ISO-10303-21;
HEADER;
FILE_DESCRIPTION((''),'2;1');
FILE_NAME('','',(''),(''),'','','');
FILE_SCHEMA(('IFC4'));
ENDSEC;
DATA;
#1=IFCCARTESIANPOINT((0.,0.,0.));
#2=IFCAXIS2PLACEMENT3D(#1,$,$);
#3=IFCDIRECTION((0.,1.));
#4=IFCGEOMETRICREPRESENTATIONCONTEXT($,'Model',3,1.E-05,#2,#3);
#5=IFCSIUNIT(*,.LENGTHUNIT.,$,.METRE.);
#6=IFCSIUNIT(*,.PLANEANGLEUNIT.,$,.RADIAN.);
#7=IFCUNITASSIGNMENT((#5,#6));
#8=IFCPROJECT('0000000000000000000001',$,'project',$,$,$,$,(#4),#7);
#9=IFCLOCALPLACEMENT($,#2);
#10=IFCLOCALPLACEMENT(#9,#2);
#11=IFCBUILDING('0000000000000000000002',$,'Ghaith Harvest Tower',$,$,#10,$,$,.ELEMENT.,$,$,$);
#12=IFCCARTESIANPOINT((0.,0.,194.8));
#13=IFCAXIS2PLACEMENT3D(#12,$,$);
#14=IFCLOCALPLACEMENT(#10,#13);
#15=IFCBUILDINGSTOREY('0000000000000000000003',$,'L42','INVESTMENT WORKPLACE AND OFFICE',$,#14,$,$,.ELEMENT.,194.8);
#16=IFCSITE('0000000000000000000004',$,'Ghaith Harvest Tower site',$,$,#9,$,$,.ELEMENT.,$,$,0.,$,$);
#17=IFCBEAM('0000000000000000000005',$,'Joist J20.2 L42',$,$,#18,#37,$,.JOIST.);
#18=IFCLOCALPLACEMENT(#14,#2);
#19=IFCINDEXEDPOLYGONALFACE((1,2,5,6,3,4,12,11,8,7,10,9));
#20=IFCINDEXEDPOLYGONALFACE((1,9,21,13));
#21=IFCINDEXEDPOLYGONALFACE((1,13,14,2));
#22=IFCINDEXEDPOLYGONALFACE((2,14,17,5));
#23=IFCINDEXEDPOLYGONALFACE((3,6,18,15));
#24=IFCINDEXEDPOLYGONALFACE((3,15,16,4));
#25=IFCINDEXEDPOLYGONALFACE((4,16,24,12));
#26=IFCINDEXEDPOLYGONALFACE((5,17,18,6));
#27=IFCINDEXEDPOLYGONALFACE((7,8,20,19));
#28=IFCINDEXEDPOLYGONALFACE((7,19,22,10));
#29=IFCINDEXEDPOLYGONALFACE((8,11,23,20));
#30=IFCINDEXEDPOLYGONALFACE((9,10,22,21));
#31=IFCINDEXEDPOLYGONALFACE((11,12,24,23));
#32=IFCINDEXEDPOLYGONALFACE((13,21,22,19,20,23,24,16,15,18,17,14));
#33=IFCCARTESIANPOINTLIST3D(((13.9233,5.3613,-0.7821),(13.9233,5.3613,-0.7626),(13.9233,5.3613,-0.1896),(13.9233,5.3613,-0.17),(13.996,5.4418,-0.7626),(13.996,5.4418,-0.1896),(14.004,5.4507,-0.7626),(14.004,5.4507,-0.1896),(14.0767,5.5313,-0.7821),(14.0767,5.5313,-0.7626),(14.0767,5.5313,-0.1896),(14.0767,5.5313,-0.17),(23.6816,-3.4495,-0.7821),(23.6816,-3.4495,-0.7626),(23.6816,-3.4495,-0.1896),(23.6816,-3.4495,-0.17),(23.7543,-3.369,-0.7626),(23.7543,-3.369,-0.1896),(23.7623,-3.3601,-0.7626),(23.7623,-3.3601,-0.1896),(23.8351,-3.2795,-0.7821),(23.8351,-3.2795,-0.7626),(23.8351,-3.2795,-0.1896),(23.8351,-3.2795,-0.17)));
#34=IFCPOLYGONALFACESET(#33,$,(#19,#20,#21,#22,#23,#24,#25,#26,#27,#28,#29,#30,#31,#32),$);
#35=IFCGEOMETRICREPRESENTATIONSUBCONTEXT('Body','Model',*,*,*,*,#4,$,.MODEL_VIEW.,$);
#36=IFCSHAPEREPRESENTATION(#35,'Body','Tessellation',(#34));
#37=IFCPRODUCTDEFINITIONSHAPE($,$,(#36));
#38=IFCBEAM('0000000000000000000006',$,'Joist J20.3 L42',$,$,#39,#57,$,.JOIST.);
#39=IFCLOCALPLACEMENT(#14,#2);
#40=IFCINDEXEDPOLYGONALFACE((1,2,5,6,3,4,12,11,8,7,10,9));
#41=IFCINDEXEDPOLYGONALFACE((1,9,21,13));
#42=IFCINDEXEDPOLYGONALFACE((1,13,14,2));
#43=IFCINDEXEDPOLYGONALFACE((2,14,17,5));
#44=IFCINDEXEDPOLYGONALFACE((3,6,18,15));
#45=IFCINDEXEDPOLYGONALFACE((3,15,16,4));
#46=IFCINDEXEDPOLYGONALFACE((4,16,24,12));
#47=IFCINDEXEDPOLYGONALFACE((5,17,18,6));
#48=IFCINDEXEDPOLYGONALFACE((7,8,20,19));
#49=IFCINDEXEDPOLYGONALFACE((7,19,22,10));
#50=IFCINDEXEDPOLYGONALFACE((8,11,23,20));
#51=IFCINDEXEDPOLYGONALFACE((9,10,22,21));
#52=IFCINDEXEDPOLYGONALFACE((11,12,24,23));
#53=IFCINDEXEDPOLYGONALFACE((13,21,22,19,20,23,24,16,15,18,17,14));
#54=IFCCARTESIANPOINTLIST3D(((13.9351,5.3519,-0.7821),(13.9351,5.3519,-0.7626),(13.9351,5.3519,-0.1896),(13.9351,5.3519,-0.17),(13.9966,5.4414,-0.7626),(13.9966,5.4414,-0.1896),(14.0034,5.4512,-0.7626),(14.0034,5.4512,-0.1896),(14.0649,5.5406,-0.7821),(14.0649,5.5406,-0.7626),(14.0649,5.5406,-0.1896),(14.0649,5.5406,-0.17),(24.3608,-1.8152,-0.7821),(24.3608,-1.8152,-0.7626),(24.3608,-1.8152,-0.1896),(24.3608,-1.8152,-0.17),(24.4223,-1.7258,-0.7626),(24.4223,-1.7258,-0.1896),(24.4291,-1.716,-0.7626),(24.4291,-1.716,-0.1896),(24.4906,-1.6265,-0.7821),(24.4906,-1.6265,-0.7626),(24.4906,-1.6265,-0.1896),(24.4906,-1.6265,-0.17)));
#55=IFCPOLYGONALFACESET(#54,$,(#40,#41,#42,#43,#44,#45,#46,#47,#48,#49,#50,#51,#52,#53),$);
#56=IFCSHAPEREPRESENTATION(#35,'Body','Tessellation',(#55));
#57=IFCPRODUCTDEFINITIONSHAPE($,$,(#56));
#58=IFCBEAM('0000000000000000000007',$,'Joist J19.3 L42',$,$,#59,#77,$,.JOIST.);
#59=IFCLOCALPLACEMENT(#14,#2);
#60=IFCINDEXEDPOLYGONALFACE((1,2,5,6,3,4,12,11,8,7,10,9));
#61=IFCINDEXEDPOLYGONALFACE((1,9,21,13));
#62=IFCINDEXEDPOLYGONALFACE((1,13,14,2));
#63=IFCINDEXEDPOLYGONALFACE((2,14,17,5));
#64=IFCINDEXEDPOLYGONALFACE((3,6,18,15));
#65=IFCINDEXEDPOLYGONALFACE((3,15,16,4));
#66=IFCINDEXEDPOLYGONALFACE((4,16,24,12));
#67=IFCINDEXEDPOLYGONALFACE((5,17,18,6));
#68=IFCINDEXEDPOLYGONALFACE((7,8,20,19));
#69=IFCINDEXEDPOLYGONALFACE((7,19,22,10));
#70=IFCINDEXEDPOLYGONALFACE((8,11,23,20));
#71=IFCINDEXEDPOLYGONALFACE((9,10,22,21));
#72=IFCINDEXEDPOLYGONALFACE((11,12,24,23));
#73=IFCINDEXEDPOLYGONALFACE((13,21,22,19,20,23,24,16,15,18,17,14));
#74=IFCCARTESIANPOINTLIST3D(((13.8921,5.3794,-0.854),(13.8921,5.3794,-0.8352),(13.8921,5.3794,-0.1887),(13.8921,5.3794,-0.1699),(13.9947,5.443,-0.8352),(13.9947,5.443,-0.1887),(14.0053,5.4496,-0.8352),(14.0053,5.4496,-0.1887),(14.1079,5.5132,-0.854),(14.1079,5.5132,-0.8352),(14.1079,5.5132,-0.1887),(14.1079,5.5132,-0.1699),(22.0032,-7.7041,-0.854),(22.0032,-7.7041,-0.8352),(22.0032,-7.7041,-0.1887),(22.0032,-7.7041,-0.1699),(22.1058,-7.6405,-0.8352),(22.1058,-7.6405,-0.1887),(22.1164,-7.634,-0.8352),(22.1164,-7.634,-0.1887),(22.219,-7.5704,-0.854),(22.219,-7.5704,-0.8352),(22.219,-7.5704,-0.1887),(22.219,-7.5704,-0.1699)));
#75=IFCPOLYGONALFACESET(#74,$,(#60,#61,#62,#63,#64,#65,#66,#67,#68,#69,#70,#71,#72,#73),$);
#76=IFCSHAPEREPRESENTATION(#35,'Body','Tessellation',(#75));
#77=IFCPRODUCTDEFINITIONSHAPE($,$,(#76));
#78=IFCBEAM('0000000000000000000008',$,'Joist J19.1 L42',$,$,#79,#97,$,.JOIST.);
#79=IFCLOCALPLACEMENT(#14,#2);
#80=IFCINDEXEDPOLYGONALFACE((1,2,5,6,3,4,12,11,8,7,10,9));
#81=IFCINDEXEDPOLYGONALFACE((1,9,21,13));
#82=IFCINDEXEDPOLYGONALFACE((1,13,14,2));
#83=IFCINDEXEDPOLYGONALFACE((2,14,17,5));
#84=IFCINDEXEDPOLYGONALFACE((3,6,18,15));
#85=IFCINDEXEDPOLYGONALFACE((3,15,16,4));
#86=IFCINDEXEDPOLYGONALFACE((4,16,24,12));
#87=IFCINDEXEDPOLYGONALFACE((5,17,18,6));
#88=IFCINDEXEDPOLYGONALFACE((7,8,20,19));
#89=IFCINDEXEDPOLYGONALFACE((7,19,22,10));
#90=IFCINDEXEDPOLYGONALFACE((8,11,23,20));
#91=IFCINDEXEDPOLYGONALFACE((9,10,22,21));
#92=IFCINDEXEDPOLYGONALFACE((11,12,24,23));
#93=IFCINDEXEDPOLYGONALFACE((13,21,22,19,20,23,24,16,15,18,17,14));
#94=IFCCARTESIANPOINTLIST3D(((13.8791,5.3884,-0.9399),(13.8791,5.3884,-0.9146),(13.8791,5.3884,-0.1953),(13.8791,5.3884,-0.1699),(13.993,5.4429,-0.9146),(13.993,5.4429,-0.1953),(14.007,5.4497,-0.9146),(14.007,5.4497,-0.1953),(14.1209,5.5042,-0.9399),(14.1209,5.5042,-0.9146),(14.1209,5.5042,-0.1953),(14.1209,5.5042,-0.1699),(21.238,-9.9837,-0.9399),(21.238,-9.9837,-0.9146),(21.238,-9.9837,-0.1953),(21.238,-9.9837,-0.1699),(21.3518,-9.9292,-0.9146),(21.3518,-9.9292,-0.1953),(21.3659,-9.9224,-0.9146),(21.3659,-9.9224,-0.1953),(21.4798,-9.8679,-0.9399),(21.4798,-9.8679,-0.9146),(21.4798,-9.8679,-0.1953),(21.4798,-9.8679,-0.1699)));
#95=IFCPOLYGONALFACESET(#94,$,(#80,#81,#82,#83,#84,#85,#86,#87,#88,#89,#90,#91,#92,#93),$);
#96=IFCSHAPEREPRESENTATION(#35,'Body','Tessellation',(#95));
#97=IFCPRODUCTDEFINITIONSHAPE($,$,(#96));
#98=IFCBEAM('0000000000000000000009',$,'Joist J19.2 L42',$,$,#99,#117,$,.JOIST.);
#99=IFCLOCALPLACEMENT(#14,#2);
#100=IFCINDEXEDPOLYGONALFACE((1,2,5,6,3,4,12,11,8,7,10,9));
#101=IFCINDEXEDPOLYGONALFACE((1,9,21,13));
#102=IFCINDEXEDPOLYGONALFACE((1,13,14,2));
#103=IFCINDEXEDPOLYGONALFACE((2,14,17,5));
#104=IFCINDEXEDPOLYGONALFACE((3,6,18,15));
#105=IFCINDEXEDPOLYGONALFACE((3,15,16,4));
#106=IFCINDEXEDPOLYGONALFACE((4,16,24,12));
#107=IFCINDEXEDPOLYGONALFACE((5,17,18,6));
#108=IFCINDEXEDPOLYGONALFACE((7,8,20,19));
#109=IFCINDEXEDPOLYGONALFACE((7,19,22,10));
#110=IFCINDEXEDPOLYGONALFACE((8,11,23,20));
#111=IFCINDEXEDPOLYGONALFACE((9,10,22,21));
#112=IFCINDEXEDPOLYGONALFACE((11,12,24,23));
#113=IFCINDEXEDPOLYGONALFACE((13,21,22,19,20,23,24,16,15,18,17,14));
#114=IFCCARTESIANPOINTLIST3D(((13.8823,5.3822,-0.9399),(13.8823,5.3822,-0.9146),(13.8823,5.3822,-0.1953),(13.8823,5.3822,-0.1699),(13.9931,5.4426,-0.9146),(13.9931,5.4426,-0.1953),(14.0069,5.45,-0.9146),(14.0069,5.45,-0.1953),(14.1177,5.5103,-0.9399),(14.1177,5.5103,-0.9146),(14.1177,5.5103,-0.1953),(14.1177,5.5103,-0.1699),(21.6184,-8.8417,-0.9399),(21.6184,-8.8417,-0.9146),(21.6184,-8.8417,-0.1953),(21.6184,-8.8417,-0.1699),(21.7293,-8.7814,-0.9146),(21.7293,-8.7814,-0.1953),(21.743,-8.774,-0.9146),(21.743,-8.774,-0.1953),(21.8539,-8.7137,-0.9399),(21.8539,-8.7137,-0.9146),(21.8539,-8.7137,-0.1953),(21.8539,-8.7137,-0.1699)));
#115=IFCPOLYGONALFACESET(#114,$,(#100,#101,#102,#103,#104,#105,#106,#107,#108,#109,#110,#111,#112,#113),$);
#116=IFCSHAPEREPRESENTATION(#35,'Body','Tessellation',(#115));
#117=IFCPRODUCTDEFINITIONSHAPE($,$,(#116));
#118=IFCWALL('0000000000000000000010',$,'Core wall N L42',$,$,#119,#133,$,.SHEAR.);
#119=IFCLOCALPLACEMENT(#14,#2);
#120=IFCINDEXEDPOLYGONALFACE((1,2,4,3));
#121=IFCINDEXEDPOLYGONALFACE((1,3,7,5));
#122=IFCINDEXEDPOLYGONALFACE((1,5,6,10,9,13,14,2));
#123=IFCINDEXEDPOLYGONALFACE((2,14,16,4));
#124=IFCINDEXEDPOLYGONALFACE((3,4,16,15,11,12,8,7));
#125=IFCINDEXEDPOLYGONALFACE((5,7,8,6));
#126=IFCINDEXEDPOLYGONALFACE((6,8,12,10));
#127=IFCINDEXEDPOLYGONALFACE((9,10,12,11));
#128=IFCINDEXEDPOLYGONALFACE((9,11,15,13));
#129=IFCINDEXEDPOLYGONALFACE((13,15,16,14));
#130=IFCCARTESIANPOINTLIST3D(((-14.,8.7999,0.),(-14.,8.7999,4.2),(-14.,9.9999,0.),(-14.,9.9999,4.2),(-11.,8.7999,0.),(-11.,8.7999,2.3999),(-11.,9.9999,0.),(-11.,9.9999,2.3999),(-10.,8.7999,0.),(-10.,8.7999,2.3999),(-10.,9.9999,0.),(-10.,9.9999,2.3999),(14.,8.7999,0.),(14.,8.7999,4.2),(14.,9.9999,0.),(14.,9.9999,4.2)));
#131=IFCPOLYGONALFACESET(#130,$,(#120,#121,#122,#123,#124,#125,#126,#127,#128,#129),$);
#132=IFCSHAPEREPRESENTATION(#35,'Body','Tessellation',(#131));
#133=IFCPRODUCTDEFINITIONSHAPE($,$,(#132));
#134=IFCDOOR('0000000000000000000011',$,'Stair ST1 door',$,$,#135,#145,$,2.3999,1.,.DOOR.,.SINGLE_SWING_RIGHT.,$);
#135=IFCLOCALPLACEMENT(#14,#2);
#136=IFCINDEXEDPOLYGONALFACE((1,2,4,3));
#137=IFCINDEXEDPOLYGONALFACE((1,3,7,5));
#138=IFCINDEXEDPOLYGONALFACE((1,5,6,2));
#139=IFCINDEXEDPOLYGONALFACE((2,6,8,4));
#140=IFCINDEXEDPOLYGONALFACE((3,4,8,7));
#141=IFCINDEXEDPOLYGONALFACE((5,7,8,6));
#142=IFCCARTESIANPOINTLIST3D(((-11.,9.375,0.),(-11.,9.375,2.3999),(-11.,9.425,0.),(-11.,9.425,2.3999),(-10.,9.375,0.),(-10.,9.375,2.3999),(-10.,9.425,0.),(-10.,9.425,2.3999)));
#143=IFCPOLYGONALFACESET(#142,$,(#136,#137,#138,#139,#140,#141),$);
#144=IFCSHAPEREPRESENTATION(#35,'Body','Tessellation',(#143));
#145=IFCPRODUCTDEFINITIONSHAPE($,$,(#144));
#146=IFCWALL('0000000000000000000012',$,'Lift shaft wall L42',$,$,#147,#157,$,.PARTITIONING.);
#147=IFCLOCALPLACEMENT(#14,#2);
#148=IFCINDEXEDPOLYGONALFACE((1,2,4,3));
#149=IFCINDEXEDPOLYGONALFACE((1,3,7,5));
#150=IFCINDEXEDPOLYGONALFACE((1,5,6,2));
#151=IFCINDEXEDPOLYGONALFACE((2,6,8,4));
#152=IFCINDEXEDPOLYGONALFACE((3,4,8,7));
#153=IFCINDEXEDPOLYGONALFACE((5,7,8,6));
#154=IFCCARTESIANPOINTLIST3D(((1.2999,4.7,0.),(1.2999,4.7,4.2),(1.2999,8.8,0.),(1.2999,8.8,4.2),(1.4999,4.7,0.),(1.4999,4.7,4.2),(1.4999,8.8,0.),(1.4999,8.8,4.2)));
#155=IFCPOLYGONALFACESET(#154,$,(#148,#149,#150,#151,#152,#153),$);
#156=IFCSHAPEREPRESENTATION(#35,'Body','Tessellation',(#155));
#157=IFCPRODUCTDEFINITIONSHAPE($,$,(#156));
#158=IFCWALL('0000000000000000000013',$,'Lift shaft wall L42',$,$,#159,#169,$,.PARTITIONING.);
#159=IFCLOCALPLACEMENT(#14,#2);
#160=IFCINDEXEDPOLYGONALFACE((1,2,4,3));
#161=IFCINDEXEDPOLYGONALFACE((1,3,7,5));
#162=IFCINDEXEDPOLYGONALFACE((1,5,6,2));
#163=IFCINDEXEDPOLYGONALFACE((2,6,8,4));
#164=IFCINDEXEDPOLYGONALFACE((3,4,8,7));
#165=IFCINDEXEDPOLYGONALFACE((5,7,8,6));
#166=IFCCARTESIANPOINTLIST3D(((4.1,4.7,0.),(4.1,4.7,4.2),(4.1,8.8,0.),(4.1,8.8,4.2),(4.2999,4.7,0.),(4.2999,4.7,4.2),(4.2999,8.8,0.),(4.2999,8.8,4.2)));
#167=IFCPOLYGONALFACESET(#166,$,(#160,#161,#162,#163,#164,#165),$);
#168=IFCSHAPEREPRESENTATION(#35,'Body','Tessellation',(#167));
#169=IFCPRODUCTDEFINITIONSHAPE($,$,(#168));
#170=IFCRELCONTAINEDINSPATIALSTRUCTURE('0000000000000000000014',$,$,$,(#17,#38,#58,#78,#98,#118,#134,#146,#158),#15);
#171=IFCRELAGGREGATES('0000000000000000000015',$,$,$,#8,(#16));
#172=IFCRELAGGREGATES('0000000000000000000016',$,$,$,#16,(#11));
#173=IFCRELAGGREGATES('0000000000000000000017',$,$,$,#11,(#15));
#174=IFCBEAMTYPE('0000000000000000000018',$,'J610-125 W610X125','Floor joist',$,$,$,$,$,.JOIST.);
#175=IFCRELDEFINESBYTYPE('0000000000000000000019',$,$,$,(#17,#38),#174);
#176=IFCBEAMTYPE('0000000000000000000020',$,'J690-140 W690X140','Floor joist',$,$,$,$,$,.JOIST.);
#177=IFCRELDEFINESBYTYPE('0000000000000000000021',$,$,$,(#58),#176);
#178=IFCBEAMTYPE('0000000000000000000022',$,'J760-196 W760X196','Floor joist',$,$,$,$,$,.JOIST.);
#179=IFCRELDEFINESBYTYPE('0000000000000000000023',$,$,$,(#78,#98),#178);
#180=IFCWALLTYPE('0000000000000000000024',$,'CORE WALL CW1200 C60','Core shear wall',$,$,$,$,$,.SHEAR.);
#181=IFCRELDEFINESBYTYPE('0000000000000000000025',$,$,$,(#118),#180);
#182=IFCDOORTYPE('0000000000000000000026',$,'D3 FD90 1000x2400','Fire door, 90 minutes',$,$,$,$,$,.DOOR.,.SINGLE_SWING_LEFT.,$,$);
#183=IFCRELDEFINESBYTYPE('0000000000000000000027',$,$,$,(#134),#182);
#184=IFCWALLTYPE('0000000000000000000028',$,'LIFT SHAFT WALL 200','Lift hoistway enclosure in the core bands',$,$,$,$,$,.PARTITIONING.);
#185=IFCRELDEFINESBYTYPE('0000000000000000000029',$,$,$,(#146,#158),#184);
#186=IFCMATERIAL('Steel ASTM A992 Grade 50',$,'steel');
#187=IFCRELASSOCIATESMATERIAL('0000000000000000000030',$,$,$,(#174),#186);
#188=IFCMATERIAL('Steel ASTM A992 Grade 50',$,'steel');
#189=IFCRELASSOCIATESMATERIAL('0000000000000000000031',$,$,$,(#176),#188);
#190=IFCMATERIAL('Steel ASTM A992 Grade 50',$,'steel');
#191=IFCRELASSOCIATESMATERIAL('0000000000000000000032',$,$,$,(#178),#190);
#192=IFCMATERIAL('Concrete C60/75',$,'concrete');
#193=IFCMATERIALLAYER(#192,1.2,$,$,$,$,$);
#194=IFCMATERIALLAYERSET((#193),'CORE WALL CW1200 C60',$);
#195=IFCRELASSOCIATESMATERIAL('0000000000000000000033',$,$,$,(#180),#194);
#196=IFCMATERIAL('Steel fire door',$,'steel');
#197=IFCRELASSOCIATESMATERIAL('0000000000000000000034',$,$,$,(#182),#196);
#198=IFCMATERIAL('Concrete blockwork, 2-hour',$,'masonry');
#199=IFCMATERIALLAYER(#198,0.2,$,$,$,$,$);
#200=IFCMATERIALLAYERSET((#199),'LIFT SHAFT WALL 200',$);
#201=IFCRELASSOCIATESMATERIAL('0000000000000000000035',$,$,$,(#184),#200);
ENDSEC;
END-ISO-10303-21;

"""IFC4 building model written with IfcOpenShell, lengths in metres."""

from ifc_helpers import new_model, si_unit, direction, frame, frame_2d, origin, origin_2d, place, context, subcontext, project, spatial, rectangle, i_section, extrude, material, layer, layer_set, material_profile, profile_set, type_object, element, fill, save


model = new_model("IFC4")

# Units and contexts
model_context = context("Model", 3, precision=1e-05, world=origin(), true_north=direction((0.0, 1.0)))
body_context = subcontext(model_context, "Body", "Model", "MODEL_VIEW")
ifc_project = project(units=[si_unit("LENGTHUNIT", "METRE"), si_unit("PLANEANGLEUNIT", "RADIAN")], contexts=[model_context])

# Site, building, storey
site_placement = place(None, origin())
site = spatial("IfcSite", under=ifc_project, at=site_placement, Name="Ghaith Harvest Tower site", CompositionType="ELEMENT", RefElevation=0.0)
building_placement = place(site_placement, origin())
building = spatial("IfcBuilding", under=site, at=building_placement, Name="Ghaith Harvest Tower", CompositionType="ELEMENT")
storey_placement = place(building_placement, frame((0.0, 0.0, 194.8)))
storey = spatial("IfcBuildingStorey", under=building, at=storey_placement, Name="L42", Description="INVESTMENT WORKPLACE AND OFFICE", CompositionType="ELEMENT", Elevation=194.8)

# Beams
ifc_material_1 = material(Name="Steel ASTM A992 Grade 50", Category="steel")
ifc_material_profile_1 = material_profile(ifc_material_1, i_section(OverallWidth=0.229, OverallDepth=0.6121, WebThickness=0.012, FlangeThickness=0.0195, at=origin_2d()), Name="W610X125")
ifc_profile_set_1 = profile_set([ifc_material_profile_1], Name="Steel ASTM A992 Grade 50")
beam_type_1 = type_object("IfcBeamType", Name="J610-125 W610X125", Description="Floor joist", PredefinedType="JOIST", material=ifc_profile_set_1)
beam_1_placement = place(storey_placement, frame((14.0, 5.4463, -0.4761), z_axis=(0.742222, -0.670154, 0.0), x_axis=(0.670154, 0.742222, 0.0)))
element("IfcBeam", 1, at=beam_1_placement, inside=storey, type_object=beam_type_1, Name="Joist J20.2 L42", PredefinedType="JOIST", context=body_context, shape_type="SweptSolid", body=[
    extrude(i_section(OverallWidth=0.229, OverallDepth=0.6121, WebThickness=0.012, FlangeThickness=0.0195, at=origin_2d()), origin(), (0.0, 0.0, 1.0), 13.1475),
])
beam_2_placement = place(storey_placement, frame((14.0, 5.4463, -0.4761), z_axis=(0.82406, -0.566503, 0.0), x_axis=(0.566503, 0.82406, 0.0)))
element("IfcBeam", 2, at=beam_2_placement, inside=storey, type_object=beam_type_1, Name="Joist J20.3 L42", PredefinedType="JOIST", context=body_context, shape_type="SweptSolid", body=[
    extrude(i_section(OverallWidth=0.229, OverallDepth=0.6121, WebThickness=0.012, FlangeThickness=0.0195, at=origin_2d()), origin(), (0.0, 0.0, 1.0), 12.6516),
])
ifc_material_2 = material(Name="Steel ASTM A992 Grade 50", Category="steel")
ifc_material_profile_2 = material_profile(ifc_material_2, i_section(OverallWidth=0.2539, OverallDepth=0.6841, WebThickness=0.0125, FlangeThickness=0.0188, at=origin_2d()), Name="W690X140")
ifc_profile_set_2 = profile_set([ifc_material_profile_2], Name="Steel ASTM A992 Grade 50")
beam_type_2 = type_object("IfcBeamType", Name="J690-140 W690X140", Description="Floor joist", PredefinedType="JOIST", material=ifc_profile_set_2)
beam_3_placement = place(storey_placement, frame((14.0, 5.4463, -0.512), z_axis=(0.526908, -0.849923, 0.0), x_axis=(0.849923, 0.526908, 0.0)))
element("IfcBeam", 3, at=beam_3_placement, inside=storey, type_object=beam_type_2, Name="Joist J19.3 L42", PredefinedType="JOIST", context=body_context, shape_type="SweptSolid", body=[
    extrude(i_section(OverallWidth=0.2539, OverallDepth=0.6841, WebThickness=0.0125, FlangeThickness=0.0188, at=origin_2d()), origin(), (0.0, 0.0, 1.0), 15.3938),
])
ifc_material_3 = material(Name="Steel ASTM A992 Grade 50", Category="steel")
ifc_material_profile_3 = material_profile(ifc_material_3, i_section(OverallWidth=0.2681, OverallDepth=0.77, WebThickness=0.0156, FlangeThickness=0.0254, at=origin_2d()), Name="W760X196")
ifc_profile_set_3 = profile_set([ifc_material_profile_3], Name="Steel ASTM A992 Grade 50")
beam_type_3 = type_object("IfcBeamType", Name="J760-196 W760X196", Description="Floor joist", PredefinedType="JOIST", material=ifc_profile_set_3)
beam_4_placement = place(storey_placement, frame((14.0, 5.4463, -0.5549), z_axis=(0.431791, -0.901974, 0.0), x_axis=(0.901974, 0.431791, 0.0)))
element("IfcBeam", 4, at=beam_4_placement, inside=storey, type_object=beam_type_3, Name="Joist J19.1 L42", PredefinedType="JOIST", context=body_context, shape_type="SweptSolid", body=[
    extrude(i_section(OverallWidth=0.2681, OverallDepth=0.77, WebThickness=0.0156, FlangeThickness=0.0254, at=origin_2d()), origin(), (0.0, 0.0, 1.0), 17.0427),
])
beam_5_placement = place(storey_placement, frame((14.0, 5.4463, -0.5549), z_axis=(0.477786, -0.878476, 0.0), x_axis=(0.878476, 0.477786, 0.0)))
element("IfcBeam", 5, at=beam_5_placement, inside=storey, type_object=beam_type_3, Name="Joist J19.2 L42", PredefinedType="JOIST", context=body_context, shape_type="SweptSolid", body=[
    extrude(i_section(OverallWidth=0.2681, OverallDepth=0.77, WebThickness=0.0156, FlangeThickness=0.0254, at=origin_2d()), origin(), (0.0, 0.0, 1.0), 16.1917),
])

# Wall, opening, door
ifc_material_4 = material(Name="Concrete C60/75", Category="concrete")
ifc_layer_1 = layer(ifc_material_4, 1.2)
ifc_layer_set_1 = layer_set([ifc_layer_1], Name="CORE WALL CW1200 C60")
wall_type_1 = type_object("IfcWallType", Name="CORE WALL CW1200 C60", Description="Core shear wall", PredefinedType="SHEAR", material=ifc_layer_set_1)
wall_1_placement = place(storey_placement, frame((14.0, 9.3999, 0.0), z_axis=(0.0, 0.0, 1.0), x_axis=(-1.0, 0.0, 0.0)))
wall_1 = element("IfcWall", 6, at=wall_1_placement, inside=storey, type_object=wall_type_1, Name="Core wall N L42", PredefinedType="SHEAR", context=body_context, shape_type="SweptSolid", body=[
    extrude(rectangle(XDim=28.0, YDim=1.2, at=frame_2d((14.0, 0.0))), origin(), (0.0, 0.0, 1.0), 4.2),
])
opening_1_placement = place(wall_1_placement, frame((24.0, 0.0, 0.0)))
opening_1 = element("IfcOpeningElement", 7, at=opening_1_placement, cuts=wall_1, PredefinedType="OPENING", context=body_context, shape_type="SweptSolid", body=[
    extrude(rectangle(XDim=1.0, YDim=2.3999, at=frame_2d((0.5, 1.2))), frame((0.0, 0.6099, 0.0), z_axis=(0.0, -1.0, 0.0), x_axis=(1.0, 0.0, 0.0)), (0.0, 0.0, 1.0), 1.22),
])
ifc_material_5 = material(Name="Steel fire door", Category="steel")
door_type = type_object("IfcDoorType", Name="D3 FD90 1000x2400", Description="Fire door, 90 minutes", OperationType="SINGLE_SWING_LEFT", PredefinedType="DOOR", material=ifc_material_5)
door_1_placement = place(opening_1_placement, origin())
door_1 = element("IfcDoor", 8, at=door_1_placement, inside=storey, type_object=door_type, Name="Stair ST1 door", OperationType="SINGLE_SWING_RIGHT", OverallHeight=2.3999, OverallWidth=1.0, PredefinedType="DOOR", context=body_context, shape_type="SweptSolid", body=[
    extrude(rectangle(XDim=1.0, YDim=2.3999, at=frame_2d((0.5, 1.2))), frame((0.0, 0.0249, 0.0), z_axis=(0.0, -1.0, 0.0), x_axis=(1.0, 0.0, 0.0)), (0.0, 0.0, 1.0), 0.05),
])
fill(opening_1, door_1)

# Walls
ifc_material_6 = material(Name="Concrete blockwork, 2-hour", Category="masonry")
ifc_layer_2 = layer(ifc_material_6, 0.2)
ifc_layer_set_2 = layer_set([ifc_layer_2], Name="LIFT SHAFT WALL 200")
wall_type_2 = type_object("IfcWallType", Name="LIFT SHAFT WALL 200", Description="Lift hoistway enclosure in the core bands", PredefinedType="PARTITIONING", material=ifc_layer_set_2)
for number, where, z_axis, x_axis, name in (
    (9, (1.3999, 4.7, 0.0), (0.0, 0.0, 1.0), (0.0, 1.0, 0.0), "Lift shaft wall L42"),
    (10, (4.2, 4.7, 0.0), (0.0, 0.0, 1.0), (0.0, 1.0, 0.0), "Lift shaft wall L42"),
):
    element("IfcWall", number, at=place(storey_placement, frame(where, z_axis=z_axis, x_axis=x_axis)), inside=storey, type_object=wall_type_2, Name=name, PredefinedType="PARTITIONING", context=body_context, shape_type="SweptSolid", body=[
        extrude(rectangle(XDim=4.1001, YDim=0.2, at=frame_2d((2.05, 0.0))), origin(), (0.0, 0.0, 1.0), 4.2),
    ])

save(model, "model.ifc")
